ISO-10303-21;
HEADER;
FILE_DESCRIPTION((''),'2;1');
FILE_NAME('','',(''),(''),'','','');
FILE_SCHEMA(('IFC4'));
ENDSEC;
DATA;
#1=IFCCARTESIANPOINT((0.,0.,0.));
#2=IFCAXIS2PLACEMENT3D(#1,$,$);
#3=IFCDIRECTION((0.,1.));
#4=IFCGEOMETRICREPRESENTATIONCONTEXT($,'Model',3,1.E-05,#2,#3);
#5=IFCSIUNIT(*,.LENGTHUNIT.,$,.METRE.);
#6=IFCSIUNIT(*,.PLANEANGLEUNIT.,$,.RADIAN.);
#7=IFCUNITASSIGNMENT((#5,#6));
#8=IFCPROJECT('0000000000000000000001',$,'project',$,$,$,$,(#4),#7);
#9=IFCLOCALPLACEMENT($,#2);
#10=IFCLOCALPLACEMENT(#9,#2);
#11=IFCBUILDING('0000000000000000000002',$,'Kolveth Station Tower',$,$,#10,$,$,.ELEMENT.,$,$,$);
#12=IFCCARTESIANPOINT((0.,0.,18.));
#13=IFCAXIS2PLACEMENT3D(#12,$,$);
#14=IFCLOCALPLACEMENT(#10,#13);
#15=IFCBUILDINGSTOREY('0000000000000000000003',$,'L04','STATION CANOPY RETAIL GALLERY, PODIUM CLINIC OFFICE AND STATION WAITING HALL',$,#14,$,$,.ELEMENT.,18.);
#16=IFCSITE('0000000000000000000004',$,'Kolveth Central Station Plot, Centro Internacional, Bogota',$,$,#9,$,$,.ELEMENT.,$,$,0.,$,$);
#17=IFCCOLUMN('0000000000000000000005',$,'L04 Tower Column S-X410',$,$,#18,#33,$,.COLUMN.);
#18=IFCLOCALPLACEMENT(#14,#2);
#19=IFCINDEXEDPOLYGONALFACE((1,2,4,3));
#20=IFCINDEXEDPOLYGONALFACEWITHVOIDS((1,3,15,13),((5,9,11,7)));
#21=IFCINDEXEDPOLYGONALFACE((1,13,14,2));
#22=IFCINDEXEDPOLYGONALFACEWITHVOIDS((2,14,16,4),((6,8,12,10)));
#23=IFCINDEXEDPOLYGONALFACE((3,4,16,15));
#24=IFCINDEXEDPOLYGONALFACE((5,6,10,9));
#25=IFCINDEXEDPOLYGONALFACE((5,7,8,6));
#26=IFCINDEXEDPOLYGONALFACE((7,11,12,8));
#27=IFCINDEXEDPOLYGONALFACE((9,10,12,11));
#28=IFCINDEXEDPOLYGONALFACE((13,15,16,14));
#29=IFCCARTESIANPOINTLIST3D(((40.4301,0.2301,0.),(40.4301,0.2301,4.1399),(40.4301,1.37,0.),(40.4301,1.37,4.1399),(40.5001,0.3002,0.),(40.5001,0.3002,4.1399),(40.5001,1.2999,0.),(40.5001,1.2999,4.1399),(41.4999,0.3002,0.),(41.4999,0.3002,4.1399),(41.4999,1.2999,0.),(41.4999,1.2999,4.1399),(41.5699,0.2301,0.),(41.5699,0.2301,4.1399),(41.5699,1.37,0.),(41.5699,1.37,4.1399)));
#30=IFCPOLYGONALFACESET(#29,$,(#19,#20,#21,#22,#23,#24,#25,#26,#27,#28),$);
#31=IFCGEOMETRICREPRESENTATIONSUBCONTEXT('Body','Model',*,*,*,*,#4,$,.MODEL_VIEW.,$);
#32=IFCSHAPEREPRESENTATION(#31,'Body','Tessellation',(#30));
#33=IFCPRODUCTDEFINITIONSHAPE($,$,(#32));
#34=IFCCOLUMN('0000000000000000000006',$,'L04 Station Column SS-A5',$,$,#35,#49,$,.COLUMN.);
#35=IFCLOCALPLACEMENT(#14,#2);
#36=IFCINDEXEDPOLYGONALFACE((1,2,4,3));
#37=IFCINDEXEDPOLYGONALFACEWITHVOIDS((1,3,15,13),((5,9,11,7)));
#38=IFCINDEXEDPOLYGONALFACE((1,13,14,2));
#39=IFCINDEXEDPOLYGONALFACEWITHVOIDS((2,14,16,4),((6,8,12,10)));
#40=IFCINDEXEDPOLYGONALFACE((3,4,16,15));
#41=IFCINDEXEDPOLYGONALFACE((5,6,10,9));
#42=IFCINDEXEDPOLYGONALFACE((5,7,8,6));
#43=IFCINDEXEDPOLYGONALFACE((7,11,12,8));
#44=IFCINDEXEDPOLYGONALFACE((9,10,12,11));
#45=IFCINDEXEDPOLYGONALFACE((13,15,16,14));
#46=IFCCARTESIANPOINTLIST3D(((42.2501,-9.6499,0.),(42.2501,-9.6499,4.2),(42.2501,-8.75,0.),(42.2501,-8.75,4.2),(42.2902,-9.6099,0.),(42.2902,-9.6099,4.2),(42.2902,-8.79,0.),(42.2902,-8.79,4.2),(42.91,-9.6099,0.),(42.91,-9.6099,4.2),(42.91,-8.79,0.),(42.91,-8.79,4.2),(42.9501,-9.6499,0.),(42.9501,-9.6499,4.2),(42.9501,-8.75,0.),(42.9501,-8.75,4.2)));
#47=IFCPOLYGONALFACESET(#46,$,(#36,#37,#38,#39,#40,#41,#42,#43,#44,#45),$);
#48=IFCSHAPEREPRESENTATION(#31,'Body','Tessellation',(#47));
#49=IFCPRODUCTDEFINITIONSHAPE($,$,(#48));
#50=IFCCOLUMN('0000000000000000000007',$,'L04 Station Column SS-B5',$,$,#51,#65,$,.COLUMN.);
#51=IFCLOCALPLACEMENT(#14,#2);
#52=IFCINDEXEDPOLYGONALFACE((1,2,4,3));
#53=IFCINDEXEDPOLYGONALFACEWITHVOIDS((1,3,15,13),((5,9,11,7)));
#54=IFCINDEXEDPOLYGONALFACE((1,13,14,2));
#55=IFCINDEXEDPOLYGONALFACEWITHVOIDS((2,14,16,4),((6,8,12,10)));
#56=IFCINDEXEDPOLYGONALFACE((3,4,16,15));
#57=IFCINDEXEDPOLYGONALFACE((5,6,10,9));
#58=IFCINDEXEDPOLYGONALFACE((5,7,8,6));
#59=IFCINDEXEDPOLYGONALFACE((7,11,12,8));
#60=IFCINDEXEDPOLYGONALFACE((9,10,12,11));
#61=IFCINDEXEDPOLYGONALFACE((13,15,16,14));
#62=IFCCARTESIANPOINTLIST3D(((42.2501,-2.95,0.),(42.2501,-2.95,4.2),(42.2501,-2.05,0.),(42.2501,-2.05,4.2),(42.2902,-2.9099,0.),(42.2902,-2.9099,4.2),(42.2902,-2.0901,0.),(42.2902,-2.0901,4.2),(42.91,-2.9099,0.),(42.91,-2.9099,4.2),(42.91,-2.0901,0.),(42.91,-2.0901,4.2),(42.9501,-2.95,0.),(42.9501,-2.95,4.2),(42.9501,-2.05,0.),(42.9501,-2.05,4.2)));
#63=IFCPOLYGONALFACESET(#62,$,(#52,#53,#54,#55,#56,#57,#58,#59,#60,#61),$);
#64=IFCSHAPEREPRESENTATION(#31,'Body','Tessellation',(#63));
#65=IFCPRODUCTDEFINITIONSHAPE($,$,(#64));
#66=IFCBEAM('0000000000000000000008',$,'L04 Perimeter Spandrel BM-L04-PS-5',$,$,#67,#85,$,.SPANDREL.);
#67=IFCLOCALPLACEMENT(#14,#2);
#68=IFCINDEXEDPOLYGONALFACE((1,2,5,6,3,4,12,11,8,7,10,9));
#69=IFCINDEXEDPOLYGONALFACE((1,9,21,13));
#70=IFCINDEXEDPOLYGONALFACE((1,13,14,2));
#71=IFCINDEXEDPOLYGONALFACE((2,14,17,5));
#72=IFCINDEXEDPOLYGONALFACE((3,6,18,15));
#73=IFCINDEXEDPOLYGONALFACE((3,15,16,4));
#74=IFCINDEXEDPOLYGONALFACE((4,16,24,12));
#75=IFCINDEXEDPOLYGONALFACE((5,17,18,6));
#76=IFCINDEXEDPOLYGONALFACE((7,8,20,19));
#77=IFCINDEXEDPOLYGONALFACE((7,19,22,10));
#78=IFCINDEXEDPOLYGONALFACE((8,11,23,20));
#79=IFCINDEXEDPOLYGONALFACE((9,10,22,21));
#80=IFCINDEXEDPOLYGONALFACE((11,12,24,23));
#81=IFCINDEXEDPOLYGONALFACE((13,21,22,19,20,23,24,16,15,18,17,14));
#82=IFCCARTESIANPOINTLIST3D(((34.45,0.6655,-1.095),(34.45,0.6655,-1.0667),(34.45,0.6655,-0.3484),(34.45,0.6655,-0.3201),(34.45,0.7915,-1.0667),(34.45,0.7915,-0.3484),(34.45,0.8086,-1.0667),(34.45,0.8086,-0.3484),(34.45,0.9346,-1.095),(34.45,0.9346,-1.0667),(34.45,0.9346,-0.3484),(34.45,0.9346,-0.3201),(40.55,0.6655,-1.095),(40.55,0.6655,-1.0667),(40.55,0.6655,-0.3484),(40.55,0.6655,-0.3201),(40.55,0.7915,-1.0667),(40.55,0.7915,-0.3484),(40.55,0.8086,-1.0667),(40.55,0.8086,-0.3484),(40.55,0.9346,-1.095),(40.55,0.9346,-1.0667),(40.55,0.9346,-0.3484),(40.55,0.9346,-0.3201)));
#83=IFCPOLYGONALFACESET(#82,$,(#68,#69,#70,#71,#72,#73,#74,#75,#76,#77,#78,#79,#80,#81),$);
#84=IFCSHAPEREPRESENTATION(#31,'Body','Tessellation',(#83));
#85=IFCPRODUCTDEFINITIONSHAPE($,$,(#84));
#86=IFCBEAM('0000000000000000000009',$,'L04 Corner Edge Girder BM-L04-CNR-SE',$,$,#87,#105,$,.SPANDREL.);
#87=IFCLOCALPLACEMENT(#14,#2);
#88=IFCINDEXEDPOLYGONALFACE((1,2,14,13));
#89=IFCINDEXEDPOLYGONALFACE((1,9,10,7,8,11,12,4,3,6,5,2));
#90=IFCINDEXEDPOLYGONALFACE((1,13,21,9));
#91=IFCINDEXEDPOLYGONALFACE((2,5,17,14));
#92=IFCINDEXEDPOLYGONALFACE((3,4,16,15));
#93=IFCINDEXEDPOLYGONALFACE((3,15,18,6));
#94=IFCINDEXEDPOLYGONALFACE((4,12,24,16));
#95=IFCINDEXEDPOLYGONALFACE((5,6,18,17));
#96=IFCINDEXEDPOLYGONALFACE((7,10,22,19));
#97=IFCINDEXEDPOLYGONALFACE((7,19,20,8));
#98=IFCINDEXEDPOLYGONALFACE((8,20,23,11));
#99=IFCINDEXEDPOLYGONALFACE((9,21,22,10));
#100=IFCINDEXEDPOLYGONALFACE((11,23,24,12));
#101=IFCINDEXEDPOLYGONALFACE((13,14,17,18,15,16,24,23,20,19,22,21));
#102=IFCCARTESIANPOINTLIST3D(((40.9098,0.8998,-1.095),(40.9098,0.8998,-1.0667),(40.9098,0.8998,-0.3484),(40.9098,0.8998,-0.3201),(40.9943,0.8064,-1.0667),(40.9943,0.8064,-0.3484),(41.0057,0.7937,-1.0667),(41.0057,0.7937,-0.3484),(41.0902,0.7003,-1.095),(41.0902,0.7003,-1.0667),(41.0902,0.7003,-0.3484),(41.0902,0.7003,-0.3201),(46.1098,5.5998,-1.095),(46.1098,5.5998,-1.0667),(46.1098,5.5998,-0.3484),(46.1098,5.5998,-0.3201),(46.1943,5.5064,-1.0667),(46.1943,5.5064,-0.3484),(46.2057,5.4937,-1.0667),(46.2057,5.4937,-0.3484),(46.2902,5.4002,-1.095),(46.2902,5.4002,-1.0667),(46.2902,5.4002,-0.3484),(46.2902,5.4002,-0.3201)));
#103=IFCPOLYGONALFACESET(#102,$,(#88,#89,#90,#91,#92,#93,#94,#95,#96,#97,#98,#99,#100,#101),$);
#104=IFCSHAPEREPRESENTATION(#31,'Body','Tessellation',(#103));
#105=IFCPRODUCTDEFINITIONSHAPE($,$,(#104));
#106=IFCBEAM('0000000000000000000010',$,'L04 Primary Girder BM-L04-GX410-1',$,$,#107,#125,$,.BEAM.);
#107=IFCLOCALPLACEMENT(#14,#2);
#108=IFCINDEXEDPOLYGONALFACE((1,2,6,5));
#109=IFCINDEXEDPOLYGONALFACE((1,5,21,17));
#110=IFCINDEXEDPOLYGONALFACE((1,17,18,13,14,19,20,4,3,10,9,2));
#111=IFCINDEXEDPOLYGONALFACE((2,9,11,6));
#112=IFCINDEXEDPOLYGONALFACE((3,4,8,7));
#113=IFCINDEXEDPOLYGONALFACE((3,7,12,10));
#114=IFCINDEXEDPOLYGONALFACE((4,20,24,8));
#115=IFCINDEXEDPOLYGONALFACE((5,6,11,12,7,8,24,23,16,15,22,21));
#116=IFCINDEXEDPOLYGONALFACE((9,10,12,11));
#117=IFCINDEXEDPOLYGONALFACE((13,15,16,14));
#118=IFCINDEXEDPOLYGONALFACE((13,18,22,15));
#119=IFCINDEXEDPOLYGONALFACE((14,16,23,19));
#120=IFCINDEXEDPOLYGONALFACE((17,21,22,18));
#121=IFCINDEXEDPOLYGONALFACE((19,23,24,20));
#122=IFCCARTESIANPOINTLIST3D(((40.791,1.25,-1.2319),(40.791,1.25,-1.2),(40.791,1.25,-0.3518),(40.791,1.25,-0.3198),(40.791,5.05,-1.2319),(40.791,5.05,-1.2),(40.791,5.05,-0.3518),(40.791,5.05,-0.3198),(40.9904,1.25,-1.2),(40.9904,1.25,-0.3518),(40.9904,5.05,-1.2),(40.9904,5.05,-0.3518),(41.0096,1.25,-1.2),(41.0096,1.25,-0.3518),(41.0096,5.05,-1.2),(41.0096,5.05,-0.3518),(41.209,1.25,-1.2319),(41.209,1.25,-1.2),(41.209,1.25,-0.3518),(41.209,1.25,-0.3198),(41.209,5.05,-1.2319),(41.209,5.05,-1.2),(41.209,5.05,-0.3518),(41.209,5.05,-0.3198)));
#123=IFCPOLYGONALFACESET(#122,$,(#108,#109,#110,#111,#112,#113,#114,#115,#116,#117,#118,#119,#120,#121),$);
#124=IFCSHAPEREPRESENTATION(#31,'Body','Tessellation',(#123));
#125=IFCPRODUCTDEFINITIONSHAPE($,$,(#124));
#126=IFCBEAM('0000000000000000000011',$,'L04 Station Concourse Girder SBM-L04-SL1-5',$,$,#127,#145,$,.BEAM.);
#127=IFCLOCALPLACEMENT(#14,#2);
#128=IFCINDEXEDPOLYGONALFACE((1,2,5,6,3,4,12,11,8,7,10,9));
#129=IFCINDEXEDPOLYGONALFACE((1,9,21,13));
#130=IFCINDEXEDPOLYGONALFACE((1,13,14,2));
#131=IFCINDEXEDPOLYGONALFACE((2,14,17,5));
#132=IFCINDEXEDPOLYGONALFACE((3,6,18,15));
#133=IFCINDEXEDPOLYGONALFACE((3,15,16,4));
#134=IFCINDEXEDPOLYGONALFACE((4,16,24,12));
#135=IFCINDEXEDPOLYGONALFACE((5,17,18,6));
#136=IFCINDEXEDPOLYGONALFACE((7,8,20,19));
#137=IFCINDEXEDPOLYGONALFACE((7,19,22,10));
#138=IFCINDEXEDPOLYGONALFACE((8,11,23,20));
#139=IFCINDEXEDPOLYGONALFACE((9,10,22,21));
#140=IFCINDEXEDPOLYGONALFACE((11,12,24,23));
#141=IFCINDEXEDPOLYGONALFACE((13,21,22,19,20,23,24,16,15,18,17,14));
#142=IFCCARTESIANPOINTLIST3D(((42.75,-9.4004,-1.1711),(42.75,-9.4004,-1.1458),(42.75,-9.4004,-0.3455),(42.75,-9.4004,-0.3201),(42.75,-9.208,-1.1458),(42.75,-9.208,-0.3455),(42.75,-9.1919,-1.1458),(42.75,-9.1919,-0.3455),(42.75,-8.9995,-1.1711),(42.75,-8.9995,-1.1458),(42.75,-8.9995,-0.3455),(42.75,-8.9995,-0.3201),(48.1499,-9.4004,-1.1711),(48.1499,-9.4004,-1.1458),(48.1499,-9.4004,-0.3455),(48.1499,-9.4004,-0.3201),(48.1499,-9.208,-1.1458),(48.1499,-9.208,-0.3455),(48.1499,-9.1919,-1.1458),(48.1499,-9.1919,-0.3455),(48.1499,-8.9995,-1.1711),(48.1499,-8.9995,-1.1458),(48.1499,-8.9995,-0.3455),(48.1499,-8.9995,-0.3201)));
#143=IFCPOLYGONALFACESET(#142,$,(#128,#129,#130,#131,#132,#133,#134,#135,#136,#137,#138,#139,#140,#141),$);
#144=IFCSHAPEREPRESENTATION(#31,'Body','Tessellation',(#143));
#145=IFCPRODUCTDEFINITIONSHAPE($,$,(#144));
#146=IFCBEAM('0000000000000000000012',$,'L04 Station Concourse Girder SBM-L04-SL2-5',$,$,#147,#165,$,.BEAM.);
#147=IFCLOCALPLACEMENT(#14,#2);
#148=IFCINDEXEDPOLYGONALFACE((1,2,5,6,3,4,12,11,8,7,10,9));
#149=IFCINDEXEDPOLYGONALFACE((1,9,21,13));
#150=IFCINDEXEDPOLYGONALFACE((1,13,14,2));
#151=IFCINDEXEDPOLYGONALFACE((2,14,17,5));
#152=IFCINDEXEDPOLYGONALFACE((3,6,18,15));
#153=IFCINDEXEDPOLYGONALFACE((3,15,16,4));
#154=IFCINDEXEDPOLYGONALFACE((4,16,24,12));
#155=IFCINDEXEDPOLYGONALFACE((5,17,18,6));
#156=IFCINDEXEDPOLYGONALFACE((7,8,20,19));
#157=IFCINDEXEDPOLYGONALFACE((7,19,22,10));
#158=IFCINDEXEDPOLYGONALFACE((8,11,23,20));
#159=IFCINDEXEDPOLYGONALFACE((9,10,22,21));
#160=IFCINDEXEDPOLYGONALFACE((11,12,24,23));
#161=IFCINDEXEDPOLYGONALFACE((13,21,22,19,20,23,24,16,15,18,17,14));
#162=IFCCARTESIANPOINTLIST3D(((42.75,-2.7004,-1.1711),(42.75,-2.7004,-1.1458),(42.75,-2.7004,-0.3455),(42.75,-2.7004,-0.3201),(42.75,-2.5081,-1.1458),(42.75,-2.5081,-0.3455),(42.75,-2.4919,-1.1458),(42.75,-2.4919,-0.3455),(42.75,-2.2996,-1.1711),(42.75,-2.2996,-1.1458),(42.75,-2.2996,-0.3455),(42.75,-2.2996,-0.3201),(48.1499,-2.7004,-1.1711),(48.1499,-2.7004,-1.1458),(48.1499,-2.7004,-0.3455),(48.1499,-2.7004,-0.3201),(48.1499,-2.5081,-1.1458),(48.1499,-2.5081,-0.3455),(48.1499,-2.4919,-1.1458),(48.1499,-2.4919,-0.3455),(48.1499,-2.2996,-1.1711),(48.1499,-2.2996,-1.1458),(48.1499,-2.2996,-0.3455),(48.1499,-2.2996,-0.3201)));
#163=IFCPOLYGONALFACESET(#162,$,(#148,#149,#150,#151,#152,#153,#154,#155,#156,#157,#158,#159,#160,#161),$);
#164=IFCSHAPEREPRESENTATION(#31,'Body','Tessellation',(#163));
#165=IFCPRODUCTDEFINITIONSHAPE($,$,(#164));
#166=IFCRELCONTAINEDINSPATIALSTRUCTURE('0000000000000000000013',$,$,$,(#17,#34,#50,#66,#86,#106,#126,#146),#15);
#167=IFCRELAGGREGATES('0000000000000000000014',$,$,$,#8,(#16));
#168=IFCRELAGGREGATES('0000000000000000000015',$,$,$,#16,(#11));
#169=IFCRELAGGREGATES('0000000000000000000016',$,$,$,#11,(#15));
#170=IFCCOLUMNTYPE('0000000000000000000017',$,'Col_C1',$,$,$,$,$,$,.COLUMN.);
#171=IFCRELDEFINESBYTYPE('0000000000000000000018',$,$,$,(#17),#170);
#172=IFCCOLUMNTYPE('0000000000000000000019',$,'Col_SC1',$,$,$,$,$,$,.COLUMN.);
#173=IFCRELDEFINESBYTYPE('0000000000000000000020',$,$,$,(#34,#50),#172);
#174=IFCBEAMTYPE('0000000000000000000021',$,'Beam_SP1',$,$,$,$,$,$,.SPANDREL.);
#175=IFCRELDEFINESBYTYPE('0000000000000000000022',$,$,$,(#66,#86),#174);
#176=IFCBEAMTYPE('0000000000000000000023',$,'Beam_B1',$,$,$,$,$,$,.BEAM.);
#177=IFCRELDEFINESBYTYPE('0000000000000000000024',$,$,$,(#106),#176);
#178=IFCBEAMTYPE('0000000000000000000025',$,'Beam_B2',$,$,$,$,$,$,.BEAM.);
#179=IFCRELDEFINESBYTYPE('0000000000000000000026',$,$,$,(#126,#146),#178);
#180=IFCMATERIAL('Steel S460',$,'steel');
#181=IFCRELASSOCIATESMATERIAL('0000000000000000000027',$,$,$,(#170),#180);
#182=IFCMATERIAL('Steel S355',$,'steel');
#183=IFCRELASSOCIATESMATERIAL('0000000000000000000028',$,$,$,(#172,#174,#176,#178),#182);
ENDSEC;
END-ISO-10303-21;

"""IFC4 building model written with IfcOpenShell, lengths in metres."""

from ifc_helpers import new_model, si_unit, direction, frame, origin, origin_2d, place, context, subcontext, project, spatial, hollow_rectangle, i_section, extrude, source, transform, mapped, material, material_profile, profile_set, type_object, element, save


model = new_model("IFC4")

# Units and contexts
model_context = context("Model", 3, precision=1e-05, world=origin(), true_north=direction((0.0, 1.0)))
body_context = subcontext(model_context, "Body", "Model", "MODEL_VIEW")
ifc_project = project(units=[si_unit("LENGTHUNIT", "METRE"), si_unit("PLANEANGLEUNIT", "RADIAN")], contexts=[model_context])

# Site, building, storey
site_placement = place(None, origin())
site = spatial("IfcSite", under=ifc_project, at=site_placement, Name="Kolveth Central Station Plot, Centro Internacional, Bogota", CompositionType="ELEMENT", RefElevation=0.0)
building_placement = place(site_placement, origin())
building = spatial("IfcBuilding", under=site, at=building_placement, Name="Kolveth Station Tower", CompositionType="ELEMENT")
storey_placement = place(building_placement, frame((0.0, 0.0, 18.0)))
storey = spatial("IfcBuildingStorey", under=building, at=storey_placement, Name="L04", Description="STATION CANOPY RETAIL GALLERY, PODIUM CLINIC OFFICE AND STATION WAITING HALL", CompositionType="ELEMENT", Elevation=18.0)

# Columns
ifc_material_1 = material(Name="Steel S460", Category="steel")
ifc_material_profile_1 = material_profile(ifc_material_1, hollow_rectangle(XDim=1.1399, YDim=1.1399, WallThickness=0.0701, at=origin_2d()), Name="BOX1140x1140x70")
ifc_profile_set_1 = profile_set([ifc_material_profile_1], Name="Steel S460")
column_type_1 = type_object("IfcColumnType", Name="Col_C1", PredefinedType="COLUMN", material=ifc_profile_set_1)
shared_shape_1 = source(origin(), body_context, "Body", "SweptSolid", [
    extrude(hollow_rectangle(XDim=1.1399, YDim=1.1399, WallThickness=0.0701, at=origin_2d()), origin(), (0.0, 0.0, 1.0), 4.1399),
])
column_placement = place(storey_placement, frame((41.0, 0.8, 0.0), z_axis=(0.0, 0.0, 1.0), x_axis=(1.0, 0.0, 0.0)))
element("IfcColumn", 1, at=column_placement, inside=storey, type_object=column_type_1, Name="L04 Tower Column S-X410", PredefinedType="COLUMN", context=body_context, shape_type="MappedRepresentation", body=[
    mapped(shared_shape_1, transform((0.0, 0.0, 0.0), x_axis=(1.0, 0.0, 0.0), y_axis=(0.0, 1.0, 0.0), z_axis=(0.0, 0.0, 1.0), scale=1.0)),
])
ifc_material_2 = material(Name="Steel S355", Category="steel")
ifc_material_profile_2 = material_profile(ifc_material_2, hollow_rectangle(XDim=0.7, YDim=0.8999, WallThickness=0.04, at=origin_2d()), Name="BOX900x700x40")
ifc_profile_set_2 = profile_set([ifc_material_profile_2], Name="Steel S355")
column_type_2 = type_object("IfcColumnType", Name="Col_SC1", PredefinedType="COLUMN", material=ifc_profile_set_2)
shared_shape_2 = source(origin(), body_context, "Body", "SweptSolid", [
    extrude(hollow_rectangle(XDim=0.7, YDim=0.8999, WallThickness=0.04, at=origin_2d()), origin(), (0.0, 0.0, 1.0), 4.2),
])
for number, where, z_axis, x_axis, name in (
    (2, (42.6001, -9.2, 0.0), (0.0, 0.0, 1.0), (1.0, 0.0, 0.0), "L04 Station Column SS-A5"),
    (3, (42.6001, -2.5, 0.0), (0.0, 0.0, 1.0), (1.0, 0.0, 0.0), "L04 Station Column SS-B5"),
):
    element("IfcColumn", number, at=place(storey_placement, frame(where, z_axis=z_axis, x_axis=x_axis)), inside=storey, type_object=column_type_2, Name=name, PredefinedType="COLUMN", context=body_context, shape_type="MappedRepresentation", body=[
        mapped(shared_shape_2, transform((0.0, 0.0, 0.0), x_axis=(1.0, 0.0, 0.0), y_axis=(0.0, 1.0, 0.0), z_axis=(0.0, 0.0, 1.0), scale=1.0)),
    ])

# Beams
ifc_material_profile_3 = material_profile(ifc_material_2, i_section(OverallWidth=0.269, OverallDepth=0.7749, WebThickness=0.0171, FlangeThickness=0.0283, at=origin_2d()), Name="W760x220")
ifc_profile_set_3 = profile_set([ifc_material_profile_3], Name="Steel S355")
beam_type_1 = type_object("IfcBeamType", Name="Beam_SP1", PredefinedType="SPANDREL", material=ifc_profile_set_3)
shared_shape_3 = source(origin(), body_context, "Body", "SweptSolid", [
    extrude(i_section(OverallWidth=0.269, OverallDepth=0.7749, WebThickness=0.0171, FlangeThickness=0.0283, at=origin_2d()), origin(), (0.0, 0.0, 1.0), 6.1001),
])
beam_1_placement = place(storey_placement, frame((34.45, 0.8, -0.7075), z_axis=(1.0, 0.0, 0.0), x_axis=(0.0, 1.0, 0.0)))
element("IfcBeam", 4, at=beam_1_placement, inside=storey, type_object=beam_type_1, Name="L04 Perimeter Spandrel BM-L04-PS-5", PredefinedType="SPANDREL", context=body_context, shape_type="MappedRepresentation", body=[
    mapped(shared_shape_3, transform((0.0, 0.0, 0.0), x_axis=(1.0, 0.0, 0.0), y_axis=(0.0, 1.0, 0.0), z_axis=(0.0, 0.0, 1.0), scale=1.0)),
])
shared_shape_4 = source(origin(), body_context, "Body", "SweptSolid", [
    extrude(i_section(OverallWidth=0.269, OverallDepth=0.7749, WebThickness=0.0171, FlangeThickness=0.0283, at=origin_2d()), origin(), (0.0, 0.0, 1.0), 7.0093),
])
beam_2_placement = place(storey_placement, frame((41.0, 0.8, -0.7075), z_axis=(0.741874, 0.670539, 0.0), x_axis=(-0.670539, 0.741874, 0.0)))
element("IfcBeam", 5, at=beam_2_placement, inside=storey, type_object=beam_type_1, Name="L04 Corner Edge Girder BM-L04-CNR-SE", PredefinedType="SPANDREL", context=body_context, shape_type="MappedRepresentation", body=[
    mapped(shared_shape_4, transform((0.0, 0.0, 0.0), x_axis=(1.0, 0.0, 0.0), y_axis=(0.0, 1.0, 0.0), z_axis=(0.0, 0.0, 1.0), scale=1.0)),
])
ifc_material_profile_4 = material_profile(ifc_material_2, i_section(OverallWidth=0.418, OverallDepth=0.9121, WebThickness=0.0193, FlangeThickness=0.032, at=origin_2d()), Name="W920x342")
ifc_profile_set_4 = profile_set([ifc_material_profile_4], Name="Steel S355")
beam_type_2 = type_object("IfcBeamType", Name="Beam_B1", PredefinedType="BEAM", material=ifc_profile_set_4)
shared_shape_5 = source(origin(), body_context, "Body", "SweptSolid", [
    extrude(i_section(OverallWidth=0.418, OverallDepth=0.9121, WebThickness=0.0193, FlangeThickness=0.032, at=origin_2d()), origin(), (0.0, 0.0, 1.0), 3.8),
])
beam_3_placement = place(storey_placement, frame((41.0, 1.25, -0.7759), z_axis=(0.0, 1.0, 0.0), x_axis=(-1.0, 0.0, 0.0)))
element("IfcBeam", 6, at=beam_3_placement, inside=storey, type_object=beam_type_2, Name="L04 Primary Girder BM-L04-GX410-1", PredefinedType="BEAM", context=body_context, shape_type="MappedRepresentation", body=[
    mapped(shared_shape_5, transform((0.0, 0.0, 0.0), x_axis=(1.0, 0.0, 0.0), y_axis=(0.0, 1.0, 0.0), z_axis=(0.0, 0.0, 1.0), scale=1.0)),
])
ifc_material_profile_5 = material_profile(ifc_material_2, i_section(OverallWidth=0.4009, OverallDepth=0.8511, WebThickness=0.0161, FlangeThickness=0.0254, at=origin_2d()), Name="W840x226")
ifc_profile_set_5 = profile_set([ifc_material_profile_5], Name="Steel S355")
beam_type_3 = type_object("IfcBeamType", Name="Beam_B2", PredefinedType="BEAM", material=ifc_profile_set_5)
shared_shape_6 = source(origin(), body_context, "Body", "SweptSolid", [
    extrude(i_section(OverallWidth=0.4009, OverallDepth=0.8511, WebThickness=0.0161, FlangeThickness=0.0254, at=origin_2d()), origin(), (0.0, 0.0, 1.0), 5.3999),
])
for number, where, z_axis, x_axis, name in (
    (7, (42.75, -9.2, -0.7456), (1.0, 0.0, 0.0), (0.0, 1.0, 0.0), "L04 Station Concourse Girder SBM-L04-SL1-5"),
    (8, (42.75, -2.5, -0.7456), (1.0, 0.0, 0.0), (0.0, 1.0, 0.0), "L04 Station Concourse Girder SBM-L04-SL2-5"),
):
    element("IfcBeam", number, at=place(storey_placement, frame(where, z_axis=z_axis, x_axis=x_axis)), inside=storey, type_object=beam_type_3, Name=name, PredefinedType="BEAM", context=body_context, shape_type="MappedRepresentation", body=[
        mapped(shared_shape_6, transform((0.0, 0.0, 0.0), x_axis=(1.0, 0.0, 0.0), y_axis=(0.0, 1.0, 0.0), z_axis=(0.0, 0.0, 1.0), scale=1.0)),
    ])

save(model, "model.ifc")
